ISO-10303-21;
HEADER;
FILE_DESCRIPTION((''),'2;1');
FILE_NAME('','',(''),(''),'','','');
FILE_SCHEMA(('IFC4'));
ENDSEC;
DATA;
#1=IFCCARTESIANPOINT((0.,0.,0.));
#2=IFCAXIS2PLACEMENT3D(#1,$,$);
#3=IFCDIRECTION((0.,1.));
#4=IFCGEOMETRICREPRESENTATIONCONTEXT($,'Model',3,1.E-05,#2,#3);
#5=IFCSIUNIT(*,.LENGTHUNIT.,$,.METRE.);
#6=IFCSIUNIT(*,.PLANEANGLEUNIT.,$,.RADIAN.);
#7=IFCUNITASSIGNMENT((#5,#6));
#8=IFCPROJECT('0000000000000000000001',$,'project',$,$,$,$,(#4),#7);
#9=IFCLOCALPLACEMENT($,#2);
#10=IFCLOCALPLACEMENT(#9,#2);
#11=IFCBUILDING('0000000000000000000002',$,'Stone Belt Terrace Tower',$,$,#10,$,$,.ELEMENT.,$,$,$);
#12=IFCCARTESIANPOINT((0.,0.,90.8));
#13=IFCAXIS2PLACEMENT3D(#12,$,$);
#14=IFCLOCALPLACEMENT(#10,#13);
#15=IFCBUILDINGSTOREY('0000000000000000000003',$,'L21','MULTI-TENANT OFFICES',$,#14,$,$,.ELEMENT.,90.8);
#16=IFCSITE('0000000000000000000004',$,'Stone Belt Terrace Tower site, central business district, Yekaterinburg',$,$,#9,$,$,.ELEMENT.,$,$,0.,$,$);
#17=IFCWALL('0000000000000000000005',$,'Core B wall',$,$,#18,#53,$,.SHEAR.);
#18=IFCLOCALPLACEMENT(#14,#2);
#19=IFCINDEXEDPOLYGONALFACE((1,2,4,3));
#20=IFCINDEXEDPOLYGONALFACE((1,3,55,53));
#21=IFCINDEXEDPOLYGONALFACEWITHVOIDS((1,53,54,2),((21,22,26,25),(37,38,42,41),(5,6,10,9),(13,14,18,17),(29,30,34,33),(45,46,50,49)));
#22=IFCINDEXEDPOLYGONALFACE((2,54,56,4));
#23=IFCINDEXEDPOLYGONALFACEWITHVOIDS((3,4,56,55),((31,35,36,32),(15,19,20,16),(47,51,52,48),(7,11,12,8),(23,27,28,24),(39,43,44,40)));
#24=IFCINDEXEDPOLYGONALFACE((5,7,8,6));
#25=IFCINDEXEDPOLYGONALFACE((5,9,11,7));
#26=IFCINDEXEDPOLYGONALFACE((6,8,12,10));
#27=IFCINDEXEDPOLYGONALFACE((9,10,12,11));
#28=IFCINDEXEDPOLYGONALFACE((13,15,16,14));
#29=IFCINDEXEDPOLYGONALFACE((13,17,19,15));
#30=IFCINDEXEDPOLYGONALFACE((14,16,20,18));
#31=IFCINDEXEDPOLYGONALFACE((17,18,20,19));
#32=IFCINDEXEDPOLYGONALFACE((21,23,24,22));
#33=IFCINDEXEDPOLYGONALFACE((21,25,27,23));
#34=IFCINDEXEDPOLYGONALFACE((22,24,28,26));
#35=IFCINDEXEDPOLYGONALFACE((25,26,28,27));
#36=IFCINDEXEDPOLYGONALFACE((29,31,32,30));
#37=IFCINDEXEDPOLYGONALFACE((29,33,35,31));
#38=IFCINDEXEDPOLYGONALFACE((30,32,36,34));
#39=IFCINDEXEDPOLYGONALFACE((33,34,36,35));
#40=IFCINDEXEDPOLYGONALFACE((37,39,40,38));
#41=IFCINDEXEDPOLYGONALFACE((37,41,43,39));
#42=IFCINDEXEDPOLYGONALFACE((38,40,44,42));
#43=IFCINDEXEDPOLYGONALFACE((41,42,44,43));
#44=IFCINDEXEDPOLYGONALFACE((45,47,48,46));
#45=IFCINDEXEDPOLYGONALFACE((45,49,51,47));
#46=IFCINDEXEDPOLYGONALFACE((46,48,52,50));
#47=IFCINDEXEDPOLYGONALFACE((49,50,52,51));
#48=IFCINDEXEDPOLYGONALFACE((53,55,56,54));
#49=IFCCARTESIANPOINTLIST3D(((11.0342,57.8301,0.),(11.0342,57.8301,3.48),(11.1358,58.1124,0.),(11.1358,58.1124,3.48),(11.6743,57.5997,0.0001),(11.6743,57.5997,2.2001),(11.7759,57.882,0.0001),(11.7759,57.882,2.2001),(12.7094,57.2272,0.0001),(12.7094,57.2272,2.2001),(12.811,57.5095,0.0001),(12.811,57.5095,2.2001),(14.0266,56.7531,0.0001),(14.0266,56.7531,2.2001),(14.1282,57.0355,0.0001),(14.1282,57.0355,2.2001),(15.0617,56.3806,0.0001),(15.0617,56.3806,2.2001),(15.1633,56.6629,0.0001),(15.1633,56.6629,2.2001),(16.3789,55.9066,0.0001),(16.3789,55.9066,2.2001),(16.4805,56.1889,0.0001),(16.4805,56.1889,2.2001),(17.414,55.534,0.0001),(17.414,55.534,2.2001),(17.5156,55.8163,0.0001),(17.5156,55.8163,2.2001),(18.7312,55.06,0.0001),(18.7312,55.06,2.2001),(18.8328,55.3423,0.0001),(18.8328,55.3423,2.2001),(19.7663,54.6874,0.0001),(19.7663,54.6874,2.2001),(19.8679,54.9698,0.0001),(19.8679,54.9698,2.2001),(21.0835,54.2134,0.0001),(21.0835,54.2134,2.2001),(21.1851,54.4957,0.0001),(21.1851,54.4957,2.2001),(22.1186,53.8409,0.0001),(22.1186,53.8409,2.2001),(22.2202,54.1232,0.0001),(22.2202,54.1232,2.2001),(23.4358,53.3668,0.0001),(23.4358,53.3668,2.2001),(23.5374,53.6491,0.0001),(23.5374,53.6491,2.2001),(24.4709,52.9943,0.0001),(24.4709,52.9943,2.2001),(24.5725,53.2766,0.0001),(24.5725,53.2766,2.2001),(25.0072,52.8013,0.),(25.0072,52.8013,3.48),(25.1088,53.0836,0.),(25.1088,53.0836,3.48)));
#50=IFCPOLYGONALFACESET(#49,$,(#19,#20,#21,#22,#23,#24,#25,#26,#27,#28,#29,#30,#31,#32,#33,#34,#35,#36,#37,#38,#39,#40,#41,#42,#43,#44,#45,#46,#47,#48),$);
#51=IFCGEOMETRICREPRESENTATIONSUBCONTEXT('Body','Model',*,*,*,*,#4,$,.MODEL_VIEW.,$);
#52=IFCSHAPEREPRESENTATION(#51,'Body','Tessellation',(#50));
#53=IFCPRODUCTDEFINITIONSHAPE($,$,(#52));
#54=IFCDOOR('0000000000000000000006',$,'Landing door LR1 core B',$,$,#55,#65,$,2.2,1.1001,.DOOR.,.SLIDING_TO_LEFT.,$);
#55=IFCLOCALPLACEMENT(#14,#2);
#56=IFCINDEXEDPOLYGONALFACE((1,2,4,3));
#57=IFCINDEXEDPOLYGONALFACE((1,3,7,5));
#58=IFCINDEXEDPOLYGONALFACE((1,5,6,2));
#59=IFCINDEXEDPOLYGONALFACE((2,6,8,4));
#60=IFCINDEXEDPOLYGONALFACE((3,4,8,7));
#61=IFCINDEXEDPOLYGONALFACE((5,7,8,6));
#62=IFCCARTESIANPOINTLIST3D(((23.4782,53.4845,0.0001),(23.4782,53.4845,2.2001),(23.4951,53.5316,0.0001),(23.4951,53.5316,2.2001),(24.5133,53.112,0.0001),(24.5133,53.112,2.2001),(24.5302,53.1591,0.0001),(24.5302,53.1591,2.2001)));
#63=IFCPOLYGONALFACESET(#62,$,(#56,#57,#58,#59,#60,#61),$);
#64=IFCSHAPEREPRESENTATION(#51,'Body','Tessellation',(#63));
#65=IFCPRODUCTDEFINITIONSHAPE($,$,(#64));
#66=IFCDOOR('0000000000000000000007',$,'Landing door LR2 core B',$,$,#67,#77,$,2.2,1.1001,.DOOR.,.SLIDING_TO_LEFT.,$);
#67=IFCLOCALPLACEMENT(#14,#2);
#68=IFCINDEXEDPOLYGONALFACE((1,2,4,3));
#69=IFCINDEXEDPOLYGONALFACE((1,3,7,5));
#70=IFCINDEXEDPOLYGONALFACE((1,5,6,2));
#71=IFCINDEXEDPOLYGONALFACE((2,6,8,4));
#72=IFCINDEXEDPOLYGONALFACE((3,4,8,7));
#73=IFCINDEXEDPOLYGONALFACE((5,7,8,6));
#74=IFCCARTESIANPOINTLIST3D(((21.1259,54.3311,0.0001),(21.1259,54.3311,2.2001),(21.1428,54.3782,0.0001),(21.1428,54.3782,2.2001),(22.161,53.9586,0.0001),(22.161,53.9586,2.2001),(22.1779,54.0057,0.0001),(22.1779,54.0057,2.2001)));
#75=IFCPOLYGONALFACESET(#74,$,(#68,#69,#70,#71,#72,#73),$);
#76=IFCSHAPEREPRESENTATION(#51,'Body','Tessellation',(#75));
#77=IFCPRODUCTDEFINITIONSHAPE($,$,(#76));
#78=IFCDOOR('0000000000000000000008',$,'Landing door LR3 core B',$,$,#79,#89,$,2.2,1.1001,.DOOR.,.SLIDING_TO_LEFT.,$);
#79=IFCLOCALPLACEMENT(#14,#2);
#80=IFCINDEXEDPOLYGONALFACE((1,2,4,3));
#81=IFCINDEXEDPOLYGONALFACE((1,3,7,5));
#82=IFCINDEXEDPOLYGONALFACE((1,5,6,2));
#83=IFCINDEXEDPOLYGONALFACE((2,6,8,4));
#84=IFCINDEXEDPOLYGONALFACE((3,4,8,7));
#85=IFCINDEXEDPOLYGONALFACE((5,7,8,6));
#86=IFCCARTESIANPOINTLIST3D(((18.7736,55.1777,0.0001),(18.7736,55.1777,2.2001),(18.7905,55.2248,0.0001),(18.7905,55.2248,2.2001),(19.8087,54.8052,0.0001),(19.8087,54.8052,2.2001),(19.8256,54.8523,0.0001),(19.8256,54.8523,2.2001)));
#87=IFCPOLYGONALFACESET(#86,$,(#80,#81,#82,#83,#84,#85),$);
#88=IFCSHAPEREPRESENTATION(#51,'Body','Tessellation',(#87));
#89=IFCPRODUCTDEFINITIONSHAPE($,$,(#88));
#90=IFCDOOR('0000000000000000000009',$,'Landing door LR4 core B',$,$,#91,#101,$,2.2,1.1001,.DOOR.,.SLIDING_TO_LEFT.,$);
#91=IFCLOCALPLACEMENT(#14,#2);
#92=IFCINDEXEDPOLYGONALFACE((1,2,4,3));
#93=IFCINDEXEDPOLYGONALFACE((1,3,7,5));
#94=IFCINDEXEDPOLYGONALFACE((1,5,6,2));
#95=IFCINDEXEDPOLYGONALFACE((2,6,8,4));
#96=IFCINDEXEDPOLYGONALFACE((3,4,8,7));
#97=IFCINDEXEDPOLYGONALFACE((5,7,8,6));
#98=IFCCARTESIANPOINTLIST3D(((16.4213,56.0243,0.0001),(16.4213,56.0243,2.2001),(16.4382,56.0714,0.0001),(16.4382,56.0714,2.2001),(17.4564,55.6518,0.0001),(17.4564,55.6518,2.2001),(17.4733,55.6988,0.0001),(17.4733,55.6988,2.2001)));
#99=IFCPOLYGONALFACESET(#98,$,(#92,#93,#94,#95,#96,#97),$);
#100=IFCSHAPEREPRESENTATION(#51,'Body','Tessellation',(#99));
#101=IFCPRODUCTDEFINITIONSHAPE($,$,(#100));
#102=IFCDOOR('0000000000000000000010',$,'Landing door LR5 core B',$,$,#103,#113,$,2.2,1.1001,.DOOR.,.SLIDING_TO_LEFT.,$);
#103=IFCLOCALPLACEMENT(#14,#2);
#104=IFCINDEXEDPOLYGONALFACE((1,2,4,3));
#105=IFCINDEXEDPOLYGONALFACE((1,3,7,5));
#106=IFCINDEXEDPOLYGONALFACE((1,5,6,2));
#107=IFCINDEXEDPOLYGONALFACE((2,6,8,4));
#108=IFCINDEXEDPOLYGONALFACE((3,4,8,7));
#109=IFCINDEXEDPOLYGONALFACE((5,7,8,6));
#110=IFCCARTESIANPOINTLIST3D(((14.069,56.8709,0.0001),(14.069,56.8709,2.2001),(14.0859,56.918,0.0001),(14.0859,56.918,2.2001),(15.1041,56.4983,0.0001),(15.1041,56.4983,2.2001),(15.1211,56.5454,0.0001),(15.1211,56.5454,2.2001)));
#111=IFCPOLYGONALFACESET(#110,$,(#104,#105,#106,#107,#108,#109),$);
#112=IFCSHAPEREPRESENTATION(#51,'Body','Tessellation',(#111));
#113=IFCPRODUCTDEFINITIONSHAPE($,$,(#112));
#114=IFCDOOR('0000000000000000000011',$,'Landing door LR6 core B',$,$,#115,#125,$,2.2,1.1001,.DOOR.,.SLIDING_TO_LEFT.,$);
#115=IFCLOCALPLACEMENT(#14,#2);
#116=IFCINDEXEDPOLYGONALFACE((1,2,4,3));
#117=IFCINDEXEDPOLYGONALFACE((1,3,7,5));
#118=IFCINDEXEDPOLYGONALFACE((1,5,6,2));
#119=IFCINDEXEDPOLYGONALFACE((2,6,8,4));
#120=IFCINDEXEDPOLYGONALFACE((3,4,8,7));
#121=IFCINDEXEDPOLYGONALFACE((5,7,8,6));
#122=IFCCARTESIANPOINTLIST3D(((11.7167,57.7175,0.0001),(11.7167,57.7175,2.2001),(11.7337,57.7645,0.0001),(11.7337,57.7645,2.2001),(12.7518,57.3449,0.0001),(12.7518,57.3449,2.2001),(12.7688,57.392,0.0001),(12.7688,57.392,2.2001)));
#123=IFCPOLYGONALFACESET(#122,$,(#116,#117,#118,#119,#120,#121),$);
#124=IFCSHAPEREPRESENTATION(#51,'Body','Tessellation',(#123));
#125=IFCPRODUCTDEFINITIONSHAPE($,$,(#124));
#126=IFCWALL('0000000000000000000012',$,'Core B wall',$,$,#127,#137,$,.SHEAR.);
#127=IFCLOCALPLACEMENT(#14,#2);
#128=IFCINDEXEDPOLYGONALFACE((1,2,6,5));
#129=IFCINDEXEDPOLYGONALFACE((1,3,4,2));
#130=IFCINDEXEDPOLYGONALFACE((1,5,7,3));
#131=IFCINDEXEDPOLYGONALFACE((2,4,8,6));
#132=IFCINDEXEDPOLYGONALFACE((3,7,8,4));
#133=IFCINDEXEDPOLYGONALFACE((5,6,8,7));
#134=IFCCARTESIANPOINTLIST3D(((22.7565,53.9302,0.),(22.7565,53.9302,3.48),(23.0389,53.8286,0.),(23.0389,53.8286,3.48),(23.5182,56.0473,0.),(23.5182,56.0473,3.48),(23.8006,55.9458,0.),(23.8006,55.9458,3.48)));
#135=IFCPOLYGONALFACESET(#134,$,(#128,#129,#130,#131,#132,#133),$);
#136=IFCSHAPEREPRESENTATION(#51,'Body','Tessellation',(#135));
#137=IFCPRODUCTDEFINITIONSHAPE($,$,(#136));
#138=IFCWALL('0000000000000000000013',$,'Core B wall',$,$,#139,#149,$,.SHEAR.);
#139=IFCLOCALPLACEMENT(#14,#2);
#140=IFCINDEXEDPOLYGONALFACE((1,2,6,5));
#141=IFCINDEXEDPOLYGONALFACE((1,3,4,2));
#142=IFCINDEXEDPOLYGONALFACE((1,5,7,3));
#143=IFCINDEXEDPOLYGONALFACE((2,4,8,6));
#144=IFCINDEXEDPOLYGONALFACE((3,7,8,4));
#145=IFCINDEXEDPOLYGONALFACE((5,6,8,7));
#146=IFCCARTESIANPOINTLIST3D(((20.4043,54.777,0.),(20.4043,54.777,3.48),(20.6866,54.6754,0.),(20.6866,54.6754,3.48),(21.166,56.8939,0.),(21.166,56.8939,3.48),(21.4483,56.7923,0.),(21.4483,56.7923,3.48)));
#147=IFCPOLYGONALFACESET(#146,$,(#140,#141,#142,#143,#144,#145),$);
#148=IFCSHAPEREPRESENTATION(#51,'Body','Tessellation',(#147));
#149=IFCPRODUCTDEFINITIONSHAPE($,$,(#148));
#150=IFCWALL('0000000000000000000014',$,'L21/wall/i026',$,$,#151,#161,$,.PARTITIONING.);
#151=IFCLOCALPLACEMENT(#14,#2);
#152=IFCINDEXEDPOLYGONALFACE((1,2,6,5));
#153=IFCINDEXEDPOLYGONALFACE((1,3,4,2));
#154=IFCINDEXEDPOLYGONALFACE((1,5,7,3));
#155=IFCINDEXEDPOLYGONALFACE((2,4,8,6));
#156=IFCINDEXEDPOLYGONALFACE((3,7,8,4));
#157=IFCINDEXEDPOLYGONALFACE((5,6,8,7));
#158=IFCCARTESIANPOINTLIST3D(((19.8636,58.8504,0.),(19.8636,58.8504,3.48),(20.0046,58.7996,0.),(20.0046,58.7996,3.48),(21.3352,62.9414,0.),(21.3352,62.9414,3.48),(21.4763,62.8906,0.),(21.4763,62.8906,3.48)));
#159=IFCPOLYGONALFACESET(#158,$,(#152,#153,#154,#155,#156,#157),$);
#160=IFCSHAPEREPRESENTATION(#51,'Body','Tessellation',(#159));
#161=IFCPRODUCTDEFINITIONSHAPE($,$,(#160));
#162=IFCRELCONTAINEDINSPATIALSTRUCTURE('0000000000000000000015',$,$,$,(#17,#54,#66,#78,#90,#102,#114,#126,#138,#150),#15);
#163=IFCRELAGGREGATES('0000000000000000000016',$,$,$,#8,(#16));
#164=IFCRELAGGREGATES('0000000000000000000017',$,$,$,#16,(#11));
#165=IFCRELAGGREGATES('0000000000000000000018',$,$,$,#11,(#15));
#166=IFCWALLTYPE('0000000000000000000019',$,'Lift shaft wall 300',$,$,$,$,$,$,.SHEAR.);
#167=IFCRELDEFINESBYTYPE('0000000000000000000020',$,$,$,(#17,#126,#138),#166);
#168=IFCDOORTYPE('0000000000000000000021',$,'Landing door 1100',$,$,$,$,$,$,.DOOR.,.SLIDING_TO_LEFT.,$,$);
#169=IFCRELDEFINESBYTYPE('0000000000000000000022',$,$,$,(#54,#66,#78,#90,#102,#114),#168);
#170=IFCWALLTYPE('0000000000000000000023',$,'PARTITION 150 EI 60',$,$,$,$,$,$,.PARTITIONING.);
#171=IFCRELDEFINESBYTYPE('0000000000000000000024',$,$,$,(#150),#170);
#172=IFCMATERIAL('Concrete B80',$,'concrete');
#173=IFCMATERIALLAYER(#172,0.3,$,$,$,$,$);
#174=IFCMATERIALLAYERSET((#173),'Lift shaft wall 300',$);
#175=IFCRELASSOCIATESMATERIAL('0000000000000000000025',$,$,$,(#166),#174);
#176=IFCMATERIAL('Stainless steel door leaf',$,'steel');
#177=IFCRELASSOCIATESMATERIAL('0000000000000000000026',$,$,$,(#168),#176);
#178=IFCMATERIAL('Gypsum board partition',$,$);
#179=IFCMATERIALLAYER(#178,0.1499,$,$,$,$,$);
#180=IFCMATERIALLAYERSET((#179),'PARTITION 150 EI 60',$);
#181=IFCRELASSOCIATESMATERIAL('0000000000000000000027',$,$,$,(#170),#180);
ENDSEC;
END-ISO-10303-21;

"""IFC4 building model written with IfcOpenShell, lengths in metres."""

from ifc_helpers import new_model, si_unit, direction, frame, frame_2d, origin, place, context, subcontext, project, spatial, rectangle, extrude, material, layer, layer_set, type_object, element, fill, save


model = new_model("IFC4")

# Units and contexts
model_context = context("Model", 3, precision=1e-05, world=origin(), true_north=direction((0.0, 1.0)))
body_context = subcontext(model_context, "Body", "Model", "MODEL_VIEW")
ifc_project = project(units=[si_unit("LENGTHUNIT", "METRE"), si_unit("PLANEANGLEUNIT", "RADIAN")], contexts=[model_context])

# Site, building, storey
site_placement = place(None, origin())
site = spatial("IfcSite", under=ifc_project, at=site_placement, Name="Stone Belt Terrace Tower site, central business district, Yekaterinburg", CompositionType="ELEMENT", RefElevation=0.0)
building_placement = place(site_placement, origin())
building = spatial("IfcBuilding", under=site, at=building_placement, Name="Stone Belt Terrace Tower", CompositionType="ELEMENT")
storey_placement = place(building_placement, frame((0.0, 0.0, 90.8)))
storey = spatial("IfcBuildingStorey", under=building, at=storey_placement, Name="L21", Description="MULTI-TENANT OFFICES", CompositionType="ELEMENT", Elevation=90.8)

# Shared definitions
ifc_material_1 = material(Name="Concrete B80", Category="concrete")

# Shared definitions
ifc_layer_1 = layer(ifc_material_1, 0.3)
ifc_layer_set_1 = layer_set([ifc_layer_1], Name="Lift shaft wall 300")
wall_type_1 = type_object("IfcWallType", Name="Lift shaft wall 300", PredefinedType="SHEAR", material=ifc_layer_set_1)
ifc_material_2 = material(Name="Stainless steel door leaf", Category="steel")

# Wall, openings, doors
wall_1_placement = place(storey_placement, frame((25.0581, 52.9424, 0.0), z_axis=(0.0, 0.0, 1.0), x_axis=(-0.940918, 0.338634, 0.0)))
wall_1 = element("IfcWall", 1, at=wall_1_placement, inside=storey, type_object=wall_type_1, Name="Core B wall", PredefinedType="SHEAR", context=body_context, shape_type="SweptSolid", body=[
    extrude(rectangle(XDim=14.8503, YDim=0.3, at=frame_2d((7.4253, 0.0))), origin(), (0.0, 0.0, 1.0), 3.48),
])
opening_1_placement = place(wall_1_placement, frame((0.5701, 0.0, 0.0)))
opening_1 = element("IfcOpeningElement", 2, at=opening_1_placement, cuts=wall_1, PredefinedType="OPENING", context=body_context, shape_type="SweptSolid", body=[
    extrude(rectangle(XDim=1.1001, YDim=2.2, at=frame_2d((0.55, 1.1001))), frame((0.0, 0.1599, 0.0), z_axis=(0.0, -1.0, 0.0), x_axis=(1.0, 0.0, 0.0)), (0.0, 0.0, 1.0), 0.3201),
])
opening_2_placement = place(wall_1_placement, frame((3.0701, 0.0, 0.0)))
opening_2 = element("IfcOpeningElement", 3, at=opening_2_placement, cuts=wall_1, PredefinedType="OPENING", context=body_context, shape_type="SweptSolid", body=[
    extrude(rectangle(XDim=1.1001, YDim=2.2, at=frame_2d((0.55, 1.1001))), frame((0.0, 0.1599, 0.0), z_axis=(0.0, -1.0, 0.0), x_axis=(1.0, 0.0, 0.0)), (0.0, 0.0, 1.0), 0.3201),
])
opening_3_placement = place(wall_1_placement, frame((5.5701, 0.0, 0.0)))
opening_3 = element("IfcOpeningElement", 4, at=opening_3_placement, cuts=wall_1, PredefinedType="OPENING", context=body_context, shape_type="SweptSolid", body=[
    extrude(rectangle(XDim=1.1001, YDim=2.2, at=frame_2d((0.55, 1.1001))), frame((0.0, 0.1599, 0.0), z_axis=(0.0, -1.0, 0.0), x_axis=(1.0, 0.0, 0.0)), (0.0, 0.0, 1.0), 0.3201),
])
opening_4_placement = place(wall_1_placement, frame((8.0701, 0.0, 0.0)))
opening_4 = element("IfcOpeningElement", 5, at=opening_4_placement, cuts=wall_1, PredefinedType="OPENING", context=body_context, shape_type="SweptSolid", body=[
    extrude(rectangle(XDim=1.1001, YDim=2.2, at=frame_2d((0.55, 1.1001))), frame((0.0, 0.1599, 0.0), z_axis=(0.0, -1.0, 0.0), x_axis=(1.0, 0.0, 0.0)), (0.0, 0.0, 1.0), 0.3201),
])
opening_5_placement = place(wall_1_placement, frame((10.5701, 0.0, 0.0)))
opening_5 = element("IfcOpeningElement", 6, at=opening_5_placement, cuts=wall_1, PredefinedType="OPENING", context=body_context, shape_type="SweptSolid", body=[
    extrude(rectangle(XDim=1.1001, YDim=2.2, at=frame_2d((0.55, 1.1001))), frame((0.0, 0.1599, 0.0), z_axis=(0.0, -1.0, 0.0), x_axis=(1.0, 0.0, 0.0)), (0.0, 0.0, 1.0), 0.3201),
])
opening_6_placement = place(wall_1_placement, frame((13.0701, 0.0, 0.0)))
opening_6 = element("IfcOpeningElement", 7, at=opening_6_placement, cuts=wall_1, PredefinedType="OPENING", context=body_context, shape_type="SweptSolid", body=[
    extrude(rectangle(XDim=1.1001, YDim=2.2, at=frame_2d((0.55, 1.1001))), frame((0.0, 0.1599, 0.0), z_axis=(0.0, -1.0, 0.0), x_axis=(1.0, 0.0, 0.0)), (0.0, 0.0, 1.0), 0.3201),
])
door_type_1 = type_object("IfcDoorType", Name="Landing door 1100", OperationType="SLIDING_TO_LEFT", PredefinedType="DOOR", material=ifc_material_2)
door_1_placement = place(opening_1_placement, origin())
door_1 = element("IfcDoor", 8, at=door_1_placement, inside=storey, type_object=door_type_1, Name="Landing door LR1 core B", OperationType="SLIDING_TO_LEFT", OverallHeight=2.2, OverallWidth=1.1001, PredefinedType="DOOR", context=body_context, shape_type="SweptSolid", body=[
    extrude(rectangle(XDim=1.1001, YDim=2.2, at=frame_2d((0.55, 1.1001))), frame((0.0, 0.0249, 0.0), z_axis=(0.0, -1.0, 0.0), x_axis=(1.0, 0.0, 0.0)), (0.0, 0.0, 1.0), 0.05),
])
fill(opening_1, door_1)
door_2_placement = place(opening_2_placement, origin())
door_2 = element("IfcDoor", 9, at=door_2_placement, inside=storey, type_object=door_type_1, Name="Landing door LR2 core B", OperationType="SLIDING_TO_LEFT", OverallHeight=2.2, OverallWidth=1.1001, PredefinedType="DOOR", context=body_context, shape_type="SweptSolid", body=[
    extrude(rectangle(XDim=1.1001, YDim=2.2, at=frame_2d((0.55, 1.1001))), frame((0.0, 0.0249, 0.0), z_axis=(0.0, -1.0, 0.0), x_axis=(1.0, 0.0, 0.0)), (0.0, 0.0, 1.0), 0.05),
])
fill(opening_2, door_2)
door_3_placement = place(opening_3_placement, origin())
door_3 = element("IfcDoor", 10, at=door_3_placement, inside=storey, type_object=door_type_1, Name="Landing door LR3 core B", OperationType="SLIDING_TO_LEFT", OverallHeight=2.2, OverallWidth=1.1001, PredefinedType="DOOR", context=body_context, shape_type="SweptSolid", body=[
    extrude(rectangle(XDim=1.1001, YDim=2.2, at=frame_2d((0.55, 1.1001))), frame((0.0, 0.0249, 0.0), z_axis=(0.0, -1.0, 0.0), x_axis=(1.0, 0.0, 0.0)), (0.0, 0.0, 1.0), 0.05),
])
fill(opening_3, door_3)
door_4_placement = place(opening_4_placement, origin())
door_4 = element("IfcDoor", 11, at=door_4_placement, inside=storey, type_object=door_type_1, Name="Landing door LR4 core B", OperationType="SLIDING_TO_LEFT", OverallHeight=2.2, OverallWidth=1.1001, PredefinedType="DOOR", context=body_context, shape_type="SweptSolid", body=[
    extrude(rectangle(XDim=1.1001, YDim=2.2, at=frame_2d((0.55, 1.1001))), frame((0.0, 0.0249, 0.0), z_axis=(0.0, -1.0, 0.0), x_axis=(1.0, 0.0, 0.0)), (0.0, 0.0, 1.0), 0.05),
])
fill(opening_4, door_4)
door_5_placement = place(opening_5_placement, origin())
door_5 = element("IfcDoor", 12, at=door_5_placement, inside=storey, type_object=door_type_1, Name="Landing door LR5 core B", OperationType="SLIDING_TO_LEFT", OverallHeight=2.2, OverallWidth=1.1001, PredefinedType="DOOR", context=body_context, shape_type="SweptSolid", body=[
    extrude(rectangle(XDim=1.1001, YDim=2.2, at=frame_2d((0.55, 1.1001))), frame((0.0, 0.0249, 0.0), z_axis=(0.0, -1.0, 0.0), x_axis=(1.0, 0.0, 0.0)), (0.0, 0.0, 1.0), 0.05),
])
fill(opening_5, door_5)
door_6_placement = place(opening_6_placement, origin())
door_6 = element("IfcDoor", 13, at=door_6_placement, inside=storey, type_object=door_type_1, Name="Landing door LR6 core B", OperationType="SLIDING_TO_LEFT", OverallHeight=2.2, OverallWidth=1.1001, PredefinedType="DOOR", context=body_context, shape_type="SweptSolid", body=[
    extrude(rectangle(XDim=1.1001, YDim=2.2, at=frame_2d((0.55, 1.1001))), frame((0.0, 0.0249, 0.0), z_axis=(0.0, -1.0, 0.0), x_axis=(1.0, 0.0, 0.0)), (0.0, 0.0, 1.0), 0.05),
])
fill(opening_6, door_6)

# Walls
wall_2_placement = place(storey_placement, frame((22.8977, 53.8794, 0.0), z_axis=(0.0, 0.0, 1.0), x_axis=(0.338535, 0.940954, 0.0)))
element("IfcWall", 14, at=wall_2_placement, inside=storey, type_object=wall_type_1, Name="Core B wall", PredefinedType="SHEAR", context=body_context, shape_type="SweptSolid", body=[
    extrude(rectangle(XDim=2.25, YDim=0.3, at=frame_2d((1.125, 0.0))), origin(), (0.0, 0.0, 1.0), 3.48),
])
wall_3_placement = place(storey_placement, frame((20.5454, 54.7261, 0.0), z_axis=(0.0, 0.0, 1.0), x_axis=(0.33857, 0.940941, 0.0)))
element("IfcWall", 15, at=wall_3_placement, inside=storey, type_object=wall_type_1, Name="Core B wall", PredefinedType="SHEAR", context=body_context, shape_type="SweptSolid", body=[
    extrude(rectangle(XDim=2.2498, YDim=0.3, at=frame_2d((1.125, 0.0))), origin(), (0.0, 0.0, 1.0), 3.48),
])
ifc_material_3 = material(Name="Gypsum board partition")
ifc_layer_2 = layer(ifc_material_3, 0.1499)
ifc_layer_set_2 = layer_set([ifc_layer_2], Name="PARTITION 150 EI 60")
wall_type_2 = type_object("IfcWallType", Name="PARTITION 150 EI 60", PredefinedType="PARTITIONING", material=ifc_layer_set_2)
wall_4_placement = place(storey_placement, frame((21.4058, 62.916, 0.0), z_axis=(0.0, 0.0, 1.0), x_axis=(-0.338495, -0.940968, 0.0)))
element("IfcWall", 16, at=wall_4_placement, inside=storey, type_object=wall_type_2, Name="L21/wall/i026", PredefinedType="PARTITIONING", context=body_context, shape_type="SweptSolid", body=[
    extrude(rectangle(XDim=4.3477, YDim=0.1499, at=frame_2d((2.1738, 0.0))), origin(), (0.0, 0.0, 1.0), 3.48),
])

save(model, "model.ifc")
